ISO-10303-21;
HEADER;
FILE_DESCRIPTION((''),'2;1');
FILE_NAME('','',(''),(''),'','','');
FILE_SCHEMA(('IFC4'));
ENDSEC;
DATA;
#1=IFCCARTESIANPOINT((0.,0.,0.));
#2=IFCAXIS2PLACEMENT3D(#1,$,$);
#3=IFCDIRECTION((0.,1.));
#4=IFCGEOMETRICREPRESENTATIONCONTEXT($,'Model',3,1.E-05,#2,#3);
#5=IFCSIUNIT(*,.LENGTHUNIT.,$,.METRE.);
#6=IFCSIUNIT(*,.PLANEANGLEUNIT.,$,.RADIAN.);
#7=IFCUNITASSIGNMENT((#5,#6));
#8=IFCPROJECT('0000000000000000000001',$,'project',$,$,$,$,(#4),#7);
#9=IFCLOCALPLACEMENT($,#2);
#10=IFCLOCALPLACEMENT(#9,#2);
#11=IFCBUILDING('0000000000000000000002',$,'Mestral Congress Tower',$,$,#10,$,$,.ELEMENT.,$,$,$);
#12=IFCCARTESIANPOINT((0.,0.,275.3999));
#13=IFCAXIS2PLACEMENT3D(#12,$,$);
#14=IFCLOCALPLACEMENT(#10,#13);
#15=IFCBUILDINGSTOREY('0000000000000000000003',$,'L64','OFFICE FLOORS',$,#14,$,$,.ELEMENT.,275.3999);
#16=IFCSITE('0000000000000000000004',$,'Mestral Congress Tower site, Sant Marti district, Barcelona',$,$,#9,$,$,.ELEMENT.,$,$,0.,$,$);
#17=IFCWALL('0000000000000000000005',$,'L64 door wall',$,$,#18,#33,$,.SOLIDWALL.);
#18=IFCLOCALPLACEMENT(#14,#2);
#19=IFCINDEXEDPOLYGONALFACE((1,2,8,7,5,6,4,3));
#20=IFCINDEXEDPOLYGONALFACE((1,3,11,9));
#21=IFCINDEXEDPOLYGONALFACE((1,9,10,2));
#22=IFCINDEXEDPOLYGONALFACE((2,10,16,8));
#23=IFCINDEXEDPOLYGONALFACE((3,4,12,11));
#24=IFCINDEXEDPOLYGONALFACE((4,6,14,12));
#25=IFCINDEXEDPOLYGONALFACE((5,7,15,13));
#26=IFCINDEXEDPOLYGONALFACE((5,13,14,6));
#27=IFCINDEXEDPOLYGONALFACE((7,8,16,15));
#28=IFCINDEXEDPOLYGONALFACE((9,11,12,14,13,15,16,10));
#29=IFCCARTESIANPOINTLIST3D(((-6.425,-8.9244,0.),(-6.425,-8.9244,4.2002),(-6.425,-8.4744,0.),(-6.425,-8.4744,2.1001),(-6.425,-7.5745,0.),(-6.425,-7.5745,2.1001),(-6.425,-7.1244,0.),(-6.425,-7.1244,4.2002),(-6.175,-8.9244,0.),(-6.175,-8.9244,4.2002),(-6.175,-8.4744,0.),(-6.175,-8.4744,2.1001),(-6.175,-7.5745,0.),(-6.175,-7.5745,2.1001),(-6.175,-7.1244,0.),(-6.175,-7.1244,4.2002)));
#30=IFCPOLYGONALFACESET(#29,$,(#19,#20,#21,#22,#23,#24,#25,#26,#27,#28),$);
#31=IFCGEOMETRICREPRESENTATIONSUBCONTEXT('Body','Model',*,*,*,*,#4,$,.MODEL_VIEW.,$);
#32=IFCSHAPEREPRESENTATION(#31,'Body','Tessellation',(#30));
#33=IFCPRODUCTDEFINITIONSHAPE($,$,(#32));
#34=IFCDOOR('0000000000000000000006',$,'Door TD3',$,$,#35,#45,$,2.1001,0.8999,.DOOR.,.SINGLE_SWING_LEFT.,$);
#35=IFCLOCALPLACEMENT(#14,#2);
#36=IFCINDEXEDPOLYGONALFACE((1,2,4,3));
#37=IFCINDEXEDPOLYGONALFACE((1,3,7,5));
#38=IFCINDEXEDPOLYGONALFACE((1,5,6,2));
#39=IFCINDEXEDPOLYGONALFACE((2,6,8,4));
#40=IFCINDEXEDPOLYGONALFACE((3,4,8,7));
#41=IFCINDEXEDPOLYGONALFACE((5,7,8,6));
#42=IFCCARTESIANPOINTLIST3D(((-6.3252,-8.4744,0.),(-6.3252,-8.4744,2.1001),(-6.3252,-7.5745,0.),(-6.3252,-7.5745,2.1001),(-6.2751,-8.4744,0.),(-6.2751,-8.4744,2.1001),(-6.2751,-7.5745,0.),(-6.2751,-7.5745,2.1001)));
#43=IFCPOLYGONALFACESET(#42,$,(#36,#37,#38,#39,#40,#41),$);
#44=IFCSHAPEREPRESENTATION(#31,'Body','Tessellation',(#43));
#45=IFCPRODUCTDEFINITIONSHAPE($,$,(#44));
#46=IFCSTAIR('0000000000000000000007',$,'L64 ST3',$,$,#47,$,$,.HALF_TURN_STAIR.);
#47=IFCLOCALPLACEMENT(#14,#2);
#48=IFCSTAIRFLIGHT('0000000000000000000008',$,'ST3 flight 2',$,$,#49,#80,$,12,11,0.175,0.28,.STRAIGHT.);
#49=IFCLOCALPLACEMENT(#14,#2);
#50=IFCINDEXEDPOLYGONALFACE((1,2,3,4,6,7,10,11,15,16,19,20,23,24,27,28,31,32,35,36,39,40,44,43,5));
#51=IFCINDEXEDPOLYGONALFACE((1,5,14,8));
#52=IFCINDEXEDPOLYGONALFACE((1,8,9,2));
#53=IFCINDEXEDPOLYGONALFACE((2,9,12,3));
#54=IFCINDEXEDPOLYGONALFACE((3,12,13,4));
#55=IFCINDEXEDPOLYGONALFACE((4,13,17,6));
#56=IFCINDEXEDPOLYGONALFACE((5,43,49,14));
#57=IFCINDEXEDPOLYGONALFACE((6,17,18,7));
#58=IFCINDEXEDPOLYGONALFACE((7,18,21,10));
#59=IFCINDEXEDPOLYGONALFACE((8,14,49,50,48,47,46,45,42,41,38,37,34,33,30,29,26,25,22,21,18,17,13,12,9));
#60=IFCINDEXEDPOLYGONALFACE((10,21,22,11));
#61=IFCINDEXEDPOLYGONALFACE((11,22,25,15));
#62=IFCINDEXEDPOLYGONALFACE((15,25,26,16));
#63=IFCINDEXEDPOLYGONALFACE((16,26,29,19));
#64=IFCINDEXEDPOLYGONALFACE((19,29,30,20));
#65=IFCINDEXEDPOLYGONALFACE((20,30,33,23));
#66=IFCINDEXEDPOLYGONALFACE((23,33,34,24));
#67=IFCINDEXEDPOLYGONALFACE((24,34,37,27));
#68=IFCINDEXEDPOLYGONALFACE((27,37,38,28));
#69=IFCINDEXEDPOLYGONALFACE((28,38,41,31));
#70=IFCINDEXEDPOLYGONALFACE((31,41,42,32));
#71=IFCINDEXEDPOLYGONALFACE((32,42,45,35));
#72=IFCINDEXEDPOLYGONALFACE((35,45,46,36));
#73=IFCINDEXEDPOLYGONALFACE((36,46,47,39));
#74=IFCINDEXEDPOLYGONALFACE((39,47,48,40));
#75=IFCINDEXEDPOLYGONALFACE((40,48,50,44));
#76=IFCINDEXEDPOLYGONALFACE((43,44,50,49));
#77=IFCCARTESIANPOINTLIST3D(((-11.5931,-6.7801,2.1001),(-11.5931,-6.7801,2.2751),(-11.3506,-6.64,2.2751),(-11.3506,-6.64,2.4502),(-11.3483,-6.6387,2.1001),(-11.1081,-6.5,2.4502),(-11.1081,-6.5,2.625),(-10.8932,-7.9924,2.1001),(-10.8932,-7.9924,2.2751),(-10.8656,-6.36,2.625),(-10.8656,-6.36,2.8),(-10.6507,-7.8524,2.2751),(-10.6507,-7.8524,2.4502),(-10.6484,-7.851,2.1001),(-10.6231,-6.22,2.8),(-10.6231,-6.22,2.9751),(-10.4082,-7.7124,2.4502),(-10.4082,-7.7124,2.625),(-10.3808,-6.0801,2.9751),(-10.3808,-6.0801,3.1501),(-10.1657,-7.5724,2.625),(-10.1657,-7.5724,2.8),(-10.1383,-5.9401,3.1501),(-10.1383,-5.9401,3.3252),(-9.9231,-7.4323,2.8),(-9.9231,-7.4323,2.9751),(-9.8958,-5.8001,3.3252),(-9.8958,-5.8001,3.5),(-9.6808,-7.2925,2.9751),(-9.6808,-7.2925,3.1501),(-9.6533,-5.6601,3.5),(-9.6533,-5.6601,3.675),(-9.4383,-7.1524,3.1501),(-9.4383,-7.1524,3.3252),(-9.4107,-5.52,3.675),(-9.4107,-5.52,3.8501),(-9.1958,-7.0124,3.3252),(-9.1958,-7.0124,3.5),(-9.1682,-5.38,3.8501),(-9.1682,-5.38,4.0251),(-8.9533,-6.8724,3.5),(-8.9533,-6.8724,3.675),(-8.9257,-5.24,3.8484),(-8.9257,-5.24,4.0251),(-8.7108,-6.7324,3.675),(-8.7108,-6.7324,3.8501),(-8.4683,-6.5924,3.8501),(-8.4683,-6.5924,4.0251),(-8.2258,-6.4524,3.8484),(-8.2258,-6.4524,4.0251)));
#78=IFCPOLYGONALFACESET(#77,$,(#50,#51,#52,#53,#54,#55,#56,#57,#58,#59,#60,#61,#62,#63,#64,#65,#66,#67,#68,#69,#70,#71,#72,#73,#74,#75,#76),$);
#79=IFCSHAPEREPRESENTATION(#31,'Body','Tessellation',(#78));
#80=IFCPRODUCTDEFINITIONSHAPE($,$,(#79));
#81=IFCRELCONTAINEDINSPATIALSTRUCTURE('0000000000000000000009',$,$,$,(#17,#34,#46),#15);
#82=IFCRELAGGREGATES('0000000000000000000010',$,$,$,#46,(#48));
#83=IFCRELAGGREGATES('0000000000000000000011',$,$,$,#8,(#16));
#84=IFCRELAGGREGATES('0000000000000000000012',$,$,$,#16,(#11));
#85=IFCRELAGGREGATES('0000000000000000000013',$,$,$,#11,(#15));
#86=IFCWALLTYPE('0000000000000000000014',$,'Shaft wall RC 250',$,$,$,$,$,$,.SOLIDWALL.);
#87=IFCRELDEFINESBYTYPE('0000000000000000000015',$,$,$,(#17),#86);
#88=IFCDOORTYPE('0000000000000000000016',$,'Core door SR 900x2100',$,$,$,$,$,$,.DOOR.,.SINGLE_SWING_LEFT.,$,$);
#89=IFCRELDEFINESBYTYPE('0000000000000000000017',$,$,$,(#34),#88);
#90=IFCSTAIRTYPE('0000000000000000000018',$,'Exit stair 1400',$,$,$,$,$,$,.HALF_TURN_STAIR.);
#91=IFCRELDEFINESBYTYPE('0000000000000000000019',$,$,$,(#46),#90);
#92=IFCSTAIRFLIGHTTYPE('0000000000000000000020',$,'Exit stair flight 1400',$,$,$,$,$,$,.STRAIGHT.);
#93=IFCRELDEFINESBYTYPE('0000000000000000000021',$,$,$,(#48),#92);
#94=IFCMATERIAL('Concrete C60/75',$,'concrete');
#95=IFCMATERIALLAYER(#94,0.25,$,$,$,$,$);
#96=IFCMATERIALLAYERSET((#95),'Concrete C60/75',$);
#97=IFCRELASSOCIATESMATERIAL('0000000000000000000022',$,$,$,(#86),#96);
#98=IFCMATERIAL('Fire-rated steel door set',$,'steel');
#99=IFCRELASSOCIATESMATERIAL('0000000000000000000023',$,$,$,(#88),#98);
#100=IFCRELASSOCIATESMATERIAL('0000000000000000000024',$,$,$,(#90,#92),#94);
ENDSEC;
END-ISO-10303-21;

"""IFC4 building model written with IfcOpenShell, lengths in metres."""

from ifc_helpers import new_model, si_unit, direction, frame, frame_2d, origin, place, context, subcontext, project, spatial, polyline, rectangle, outline, extrude, material, layer, layer_set, type_object, element, fill, aggregate, save


model = new_model("IFC4")

# Units and contexts
model_context = context("Model", 3, precision=1e-05, world=origin(), true_north=direction((0.0, 1.0)))
body_context = subcontext(model_context, "Body", "Model", "MODEL_VIEW")
ifc_project = project(units=[si_unit("LENGTHUNIT", "METRE"), si_unit("PLANEANGLEUNIT", "RADIAN")], contexts=[model_context])

# Site, building, storey
site_placement = place(None, origin())
site = spatial("IfcSite", under=ifc_project, at=site_placement, Name="Mestral Congress Tower site, Sant Marti district, Barcelona", CompositionType="ELEMENT", RefElevation=0.0)
building_placement = place(site_placement, origin())
building = spatial("IfcBuilding", under=site, at=building_placement, Name="Mestral Congress Tower", CompositionType="ELEMENT")
storey_placement = place(building_placement, frame((0.0, 0.0, 275.3999)))
storey = spatial("IfcBuildingStorey", under=building, at=storey_placement, Name="L64", Description="OFFICE FLOORS", CompositionType="ELEMENT", Elevation=275.3999)

# Shared definitions
ifc_material_1 = material(Name="Concrete C60/75", Category="concrete")

# Shared definitions
ifc_layer_1 = layer(ifc_material_1, 0.25)
ifc_layer_set_1 = layer_set([ifc_layer_1], Name="Concrete C60/75")
wall_type_1 = type_object("IfcWallType", Name="Shaft wall RC 250", PredefinedType="SOLIDWALL", material=ifc_layer_set_1)

# Wall, opening, door
wall_1_placement = place(storey_placement, frame((-6.3, -7.1245, 0.0), z_axis=(0.0, 0.0, 1.0), x_axis=(0.0, -1.0, 0.0)))
wall_1 = element("IfcWall", 1, at=wall_1_placement, inside=storey, type_object=wall_type_1, Name="L64 door wall", PredefinedType="SOLIDWALL", context=body_context, shape_type="SweptSolid", body=[
    extrude(rectangle(XDim=1.8, YDim=0.25, at=frame_2d((0.8999, 0.0))), origin(), (0.0, 0.0, 1.0), 4.2002),
])
opening_1_placement = place(wall_1_placement, frame((0.45, 0.0, 0.0)))
opening_1 = element("IfcOpeningElement", 2, at=opening_1_placement, cuts=wall_1, PredefinedType="OPENING", context=body_context, shape_type="SweptSolid", body=[
    extrude(rectangle(XDim=0.8999, YDim=2.1001, at=frame_2d((0.45, 1.05))), frame((0.0, 0.135, 0.0), z_axis=(0.0, -1.0, 0.0), x_axis=(1.0, 0.0, 0.0)), (0.0, 0.0, 1.0), 0.27),
])
ifc_material_2 = material(Name="Fire-rated steel door set", Category="steel")
door_type_1 = type_object("IfcDoorType", Name="Core door SR 900x2100", OperationType="SINGLE_SWING_LEFT", PredefinedType="DOOR", material=ifc_material_2)
door_1_placement = place(opening_1_placement, origin())
door_1 = element("IfcDoor", 3, at=door_1_placement, inside=storey, type_object=door_type_1, Name="Door TD3", OperationType="SINGLE_SWING_LEFT", OverallHeight=2.1001, OverallWidth=0.8999, PredefinedType="DOOR", context=body_context, shape_type="SweptSolid", body=[
    extrude(rectangle(XDim=0.8999, YDim=2.1001, at=frame_2d((0.45, 1.05))), frame((0.0, 0.0249, 0.0), z_axis=(0.0, -1.0, 0.0), x_axis=(1.0, 0.0, 0.0)), (0.0, 0.0, 1.0), 0.05),
])
fill(opening_1, door_1)

# Stair, stair flight
stair_type = type_object("IfcStairType", Name="Exit stair 1400", PredefinedType="HALF_TURN_STAIR", material=ifc_material_1)
stair_placement = place(storey_placement, origin())
stair = element("IfcStair", 4, at=stair_placement, inside=storey, type_object=stair_type, Name="L64 ST3", PredefinedType="HALF_TURN_STAIR")
stair_flight_type = type_object("IfcStairFlightType", Name="Exit stair flight 1400", PredefinedType="STRAIGHT", material=ifc_material_1)
stair_flight_placement = place(storey_placement, frame((-11.2432, -7.3862, 2.1001), z_axis=(0.0, 0.0, 1.0), x_axis=(0.866025, 0.5, 0.0)))
stair_flight = element("IfcStairFlight", 5, at=stair_flight_placement, type_object=stair_flight_type, Name="ST3 flight 2", NumberOfRisers=12, NumberOfTreads=11, PredefinedType="STRAIGHT", RiserHeight=0.175, TreadLength=0.28, context=body_context, shape_type="SweptSolid", body=[
    extrude(outline(polyline([(0.0, 0.0), (0.0, 0.175), (0.28, 0.175), (0.28, 0.3501), (0.5601, 0.3501), (0.5601, 0.5249), (0.8401, 0.5249), (0.8401, 0.7), (1.1201, 0.7), (1.1201, 0.875), (1.3999, 0.875), (1.3999, 1.05), (1.6799, 1.05), (1.6799, 1.2251), (1.96, 1.2251), (1.96, 1.3999), (2.24, 1.3999), (2.24, 1.575), (2.52, 1.575), (2.52, 1.75), (2.8, 1.75), (2.8, 1.925), (3.0801, 1.925), (3.0801, 2.1001), (3.0801, 1.7483), (0.2827, 0.0), (0.0, 0.0)])), frame((0.0, 0.7, 0.0), z_axis=(0.0, -1.0, 0.0), x_axis=(1.0, 0.0, 0.0)), (0.0, 0.0, 1.0), 1.3999),
])
aggregate(stair, [stair_flight])

save(model, "model.ifc")
